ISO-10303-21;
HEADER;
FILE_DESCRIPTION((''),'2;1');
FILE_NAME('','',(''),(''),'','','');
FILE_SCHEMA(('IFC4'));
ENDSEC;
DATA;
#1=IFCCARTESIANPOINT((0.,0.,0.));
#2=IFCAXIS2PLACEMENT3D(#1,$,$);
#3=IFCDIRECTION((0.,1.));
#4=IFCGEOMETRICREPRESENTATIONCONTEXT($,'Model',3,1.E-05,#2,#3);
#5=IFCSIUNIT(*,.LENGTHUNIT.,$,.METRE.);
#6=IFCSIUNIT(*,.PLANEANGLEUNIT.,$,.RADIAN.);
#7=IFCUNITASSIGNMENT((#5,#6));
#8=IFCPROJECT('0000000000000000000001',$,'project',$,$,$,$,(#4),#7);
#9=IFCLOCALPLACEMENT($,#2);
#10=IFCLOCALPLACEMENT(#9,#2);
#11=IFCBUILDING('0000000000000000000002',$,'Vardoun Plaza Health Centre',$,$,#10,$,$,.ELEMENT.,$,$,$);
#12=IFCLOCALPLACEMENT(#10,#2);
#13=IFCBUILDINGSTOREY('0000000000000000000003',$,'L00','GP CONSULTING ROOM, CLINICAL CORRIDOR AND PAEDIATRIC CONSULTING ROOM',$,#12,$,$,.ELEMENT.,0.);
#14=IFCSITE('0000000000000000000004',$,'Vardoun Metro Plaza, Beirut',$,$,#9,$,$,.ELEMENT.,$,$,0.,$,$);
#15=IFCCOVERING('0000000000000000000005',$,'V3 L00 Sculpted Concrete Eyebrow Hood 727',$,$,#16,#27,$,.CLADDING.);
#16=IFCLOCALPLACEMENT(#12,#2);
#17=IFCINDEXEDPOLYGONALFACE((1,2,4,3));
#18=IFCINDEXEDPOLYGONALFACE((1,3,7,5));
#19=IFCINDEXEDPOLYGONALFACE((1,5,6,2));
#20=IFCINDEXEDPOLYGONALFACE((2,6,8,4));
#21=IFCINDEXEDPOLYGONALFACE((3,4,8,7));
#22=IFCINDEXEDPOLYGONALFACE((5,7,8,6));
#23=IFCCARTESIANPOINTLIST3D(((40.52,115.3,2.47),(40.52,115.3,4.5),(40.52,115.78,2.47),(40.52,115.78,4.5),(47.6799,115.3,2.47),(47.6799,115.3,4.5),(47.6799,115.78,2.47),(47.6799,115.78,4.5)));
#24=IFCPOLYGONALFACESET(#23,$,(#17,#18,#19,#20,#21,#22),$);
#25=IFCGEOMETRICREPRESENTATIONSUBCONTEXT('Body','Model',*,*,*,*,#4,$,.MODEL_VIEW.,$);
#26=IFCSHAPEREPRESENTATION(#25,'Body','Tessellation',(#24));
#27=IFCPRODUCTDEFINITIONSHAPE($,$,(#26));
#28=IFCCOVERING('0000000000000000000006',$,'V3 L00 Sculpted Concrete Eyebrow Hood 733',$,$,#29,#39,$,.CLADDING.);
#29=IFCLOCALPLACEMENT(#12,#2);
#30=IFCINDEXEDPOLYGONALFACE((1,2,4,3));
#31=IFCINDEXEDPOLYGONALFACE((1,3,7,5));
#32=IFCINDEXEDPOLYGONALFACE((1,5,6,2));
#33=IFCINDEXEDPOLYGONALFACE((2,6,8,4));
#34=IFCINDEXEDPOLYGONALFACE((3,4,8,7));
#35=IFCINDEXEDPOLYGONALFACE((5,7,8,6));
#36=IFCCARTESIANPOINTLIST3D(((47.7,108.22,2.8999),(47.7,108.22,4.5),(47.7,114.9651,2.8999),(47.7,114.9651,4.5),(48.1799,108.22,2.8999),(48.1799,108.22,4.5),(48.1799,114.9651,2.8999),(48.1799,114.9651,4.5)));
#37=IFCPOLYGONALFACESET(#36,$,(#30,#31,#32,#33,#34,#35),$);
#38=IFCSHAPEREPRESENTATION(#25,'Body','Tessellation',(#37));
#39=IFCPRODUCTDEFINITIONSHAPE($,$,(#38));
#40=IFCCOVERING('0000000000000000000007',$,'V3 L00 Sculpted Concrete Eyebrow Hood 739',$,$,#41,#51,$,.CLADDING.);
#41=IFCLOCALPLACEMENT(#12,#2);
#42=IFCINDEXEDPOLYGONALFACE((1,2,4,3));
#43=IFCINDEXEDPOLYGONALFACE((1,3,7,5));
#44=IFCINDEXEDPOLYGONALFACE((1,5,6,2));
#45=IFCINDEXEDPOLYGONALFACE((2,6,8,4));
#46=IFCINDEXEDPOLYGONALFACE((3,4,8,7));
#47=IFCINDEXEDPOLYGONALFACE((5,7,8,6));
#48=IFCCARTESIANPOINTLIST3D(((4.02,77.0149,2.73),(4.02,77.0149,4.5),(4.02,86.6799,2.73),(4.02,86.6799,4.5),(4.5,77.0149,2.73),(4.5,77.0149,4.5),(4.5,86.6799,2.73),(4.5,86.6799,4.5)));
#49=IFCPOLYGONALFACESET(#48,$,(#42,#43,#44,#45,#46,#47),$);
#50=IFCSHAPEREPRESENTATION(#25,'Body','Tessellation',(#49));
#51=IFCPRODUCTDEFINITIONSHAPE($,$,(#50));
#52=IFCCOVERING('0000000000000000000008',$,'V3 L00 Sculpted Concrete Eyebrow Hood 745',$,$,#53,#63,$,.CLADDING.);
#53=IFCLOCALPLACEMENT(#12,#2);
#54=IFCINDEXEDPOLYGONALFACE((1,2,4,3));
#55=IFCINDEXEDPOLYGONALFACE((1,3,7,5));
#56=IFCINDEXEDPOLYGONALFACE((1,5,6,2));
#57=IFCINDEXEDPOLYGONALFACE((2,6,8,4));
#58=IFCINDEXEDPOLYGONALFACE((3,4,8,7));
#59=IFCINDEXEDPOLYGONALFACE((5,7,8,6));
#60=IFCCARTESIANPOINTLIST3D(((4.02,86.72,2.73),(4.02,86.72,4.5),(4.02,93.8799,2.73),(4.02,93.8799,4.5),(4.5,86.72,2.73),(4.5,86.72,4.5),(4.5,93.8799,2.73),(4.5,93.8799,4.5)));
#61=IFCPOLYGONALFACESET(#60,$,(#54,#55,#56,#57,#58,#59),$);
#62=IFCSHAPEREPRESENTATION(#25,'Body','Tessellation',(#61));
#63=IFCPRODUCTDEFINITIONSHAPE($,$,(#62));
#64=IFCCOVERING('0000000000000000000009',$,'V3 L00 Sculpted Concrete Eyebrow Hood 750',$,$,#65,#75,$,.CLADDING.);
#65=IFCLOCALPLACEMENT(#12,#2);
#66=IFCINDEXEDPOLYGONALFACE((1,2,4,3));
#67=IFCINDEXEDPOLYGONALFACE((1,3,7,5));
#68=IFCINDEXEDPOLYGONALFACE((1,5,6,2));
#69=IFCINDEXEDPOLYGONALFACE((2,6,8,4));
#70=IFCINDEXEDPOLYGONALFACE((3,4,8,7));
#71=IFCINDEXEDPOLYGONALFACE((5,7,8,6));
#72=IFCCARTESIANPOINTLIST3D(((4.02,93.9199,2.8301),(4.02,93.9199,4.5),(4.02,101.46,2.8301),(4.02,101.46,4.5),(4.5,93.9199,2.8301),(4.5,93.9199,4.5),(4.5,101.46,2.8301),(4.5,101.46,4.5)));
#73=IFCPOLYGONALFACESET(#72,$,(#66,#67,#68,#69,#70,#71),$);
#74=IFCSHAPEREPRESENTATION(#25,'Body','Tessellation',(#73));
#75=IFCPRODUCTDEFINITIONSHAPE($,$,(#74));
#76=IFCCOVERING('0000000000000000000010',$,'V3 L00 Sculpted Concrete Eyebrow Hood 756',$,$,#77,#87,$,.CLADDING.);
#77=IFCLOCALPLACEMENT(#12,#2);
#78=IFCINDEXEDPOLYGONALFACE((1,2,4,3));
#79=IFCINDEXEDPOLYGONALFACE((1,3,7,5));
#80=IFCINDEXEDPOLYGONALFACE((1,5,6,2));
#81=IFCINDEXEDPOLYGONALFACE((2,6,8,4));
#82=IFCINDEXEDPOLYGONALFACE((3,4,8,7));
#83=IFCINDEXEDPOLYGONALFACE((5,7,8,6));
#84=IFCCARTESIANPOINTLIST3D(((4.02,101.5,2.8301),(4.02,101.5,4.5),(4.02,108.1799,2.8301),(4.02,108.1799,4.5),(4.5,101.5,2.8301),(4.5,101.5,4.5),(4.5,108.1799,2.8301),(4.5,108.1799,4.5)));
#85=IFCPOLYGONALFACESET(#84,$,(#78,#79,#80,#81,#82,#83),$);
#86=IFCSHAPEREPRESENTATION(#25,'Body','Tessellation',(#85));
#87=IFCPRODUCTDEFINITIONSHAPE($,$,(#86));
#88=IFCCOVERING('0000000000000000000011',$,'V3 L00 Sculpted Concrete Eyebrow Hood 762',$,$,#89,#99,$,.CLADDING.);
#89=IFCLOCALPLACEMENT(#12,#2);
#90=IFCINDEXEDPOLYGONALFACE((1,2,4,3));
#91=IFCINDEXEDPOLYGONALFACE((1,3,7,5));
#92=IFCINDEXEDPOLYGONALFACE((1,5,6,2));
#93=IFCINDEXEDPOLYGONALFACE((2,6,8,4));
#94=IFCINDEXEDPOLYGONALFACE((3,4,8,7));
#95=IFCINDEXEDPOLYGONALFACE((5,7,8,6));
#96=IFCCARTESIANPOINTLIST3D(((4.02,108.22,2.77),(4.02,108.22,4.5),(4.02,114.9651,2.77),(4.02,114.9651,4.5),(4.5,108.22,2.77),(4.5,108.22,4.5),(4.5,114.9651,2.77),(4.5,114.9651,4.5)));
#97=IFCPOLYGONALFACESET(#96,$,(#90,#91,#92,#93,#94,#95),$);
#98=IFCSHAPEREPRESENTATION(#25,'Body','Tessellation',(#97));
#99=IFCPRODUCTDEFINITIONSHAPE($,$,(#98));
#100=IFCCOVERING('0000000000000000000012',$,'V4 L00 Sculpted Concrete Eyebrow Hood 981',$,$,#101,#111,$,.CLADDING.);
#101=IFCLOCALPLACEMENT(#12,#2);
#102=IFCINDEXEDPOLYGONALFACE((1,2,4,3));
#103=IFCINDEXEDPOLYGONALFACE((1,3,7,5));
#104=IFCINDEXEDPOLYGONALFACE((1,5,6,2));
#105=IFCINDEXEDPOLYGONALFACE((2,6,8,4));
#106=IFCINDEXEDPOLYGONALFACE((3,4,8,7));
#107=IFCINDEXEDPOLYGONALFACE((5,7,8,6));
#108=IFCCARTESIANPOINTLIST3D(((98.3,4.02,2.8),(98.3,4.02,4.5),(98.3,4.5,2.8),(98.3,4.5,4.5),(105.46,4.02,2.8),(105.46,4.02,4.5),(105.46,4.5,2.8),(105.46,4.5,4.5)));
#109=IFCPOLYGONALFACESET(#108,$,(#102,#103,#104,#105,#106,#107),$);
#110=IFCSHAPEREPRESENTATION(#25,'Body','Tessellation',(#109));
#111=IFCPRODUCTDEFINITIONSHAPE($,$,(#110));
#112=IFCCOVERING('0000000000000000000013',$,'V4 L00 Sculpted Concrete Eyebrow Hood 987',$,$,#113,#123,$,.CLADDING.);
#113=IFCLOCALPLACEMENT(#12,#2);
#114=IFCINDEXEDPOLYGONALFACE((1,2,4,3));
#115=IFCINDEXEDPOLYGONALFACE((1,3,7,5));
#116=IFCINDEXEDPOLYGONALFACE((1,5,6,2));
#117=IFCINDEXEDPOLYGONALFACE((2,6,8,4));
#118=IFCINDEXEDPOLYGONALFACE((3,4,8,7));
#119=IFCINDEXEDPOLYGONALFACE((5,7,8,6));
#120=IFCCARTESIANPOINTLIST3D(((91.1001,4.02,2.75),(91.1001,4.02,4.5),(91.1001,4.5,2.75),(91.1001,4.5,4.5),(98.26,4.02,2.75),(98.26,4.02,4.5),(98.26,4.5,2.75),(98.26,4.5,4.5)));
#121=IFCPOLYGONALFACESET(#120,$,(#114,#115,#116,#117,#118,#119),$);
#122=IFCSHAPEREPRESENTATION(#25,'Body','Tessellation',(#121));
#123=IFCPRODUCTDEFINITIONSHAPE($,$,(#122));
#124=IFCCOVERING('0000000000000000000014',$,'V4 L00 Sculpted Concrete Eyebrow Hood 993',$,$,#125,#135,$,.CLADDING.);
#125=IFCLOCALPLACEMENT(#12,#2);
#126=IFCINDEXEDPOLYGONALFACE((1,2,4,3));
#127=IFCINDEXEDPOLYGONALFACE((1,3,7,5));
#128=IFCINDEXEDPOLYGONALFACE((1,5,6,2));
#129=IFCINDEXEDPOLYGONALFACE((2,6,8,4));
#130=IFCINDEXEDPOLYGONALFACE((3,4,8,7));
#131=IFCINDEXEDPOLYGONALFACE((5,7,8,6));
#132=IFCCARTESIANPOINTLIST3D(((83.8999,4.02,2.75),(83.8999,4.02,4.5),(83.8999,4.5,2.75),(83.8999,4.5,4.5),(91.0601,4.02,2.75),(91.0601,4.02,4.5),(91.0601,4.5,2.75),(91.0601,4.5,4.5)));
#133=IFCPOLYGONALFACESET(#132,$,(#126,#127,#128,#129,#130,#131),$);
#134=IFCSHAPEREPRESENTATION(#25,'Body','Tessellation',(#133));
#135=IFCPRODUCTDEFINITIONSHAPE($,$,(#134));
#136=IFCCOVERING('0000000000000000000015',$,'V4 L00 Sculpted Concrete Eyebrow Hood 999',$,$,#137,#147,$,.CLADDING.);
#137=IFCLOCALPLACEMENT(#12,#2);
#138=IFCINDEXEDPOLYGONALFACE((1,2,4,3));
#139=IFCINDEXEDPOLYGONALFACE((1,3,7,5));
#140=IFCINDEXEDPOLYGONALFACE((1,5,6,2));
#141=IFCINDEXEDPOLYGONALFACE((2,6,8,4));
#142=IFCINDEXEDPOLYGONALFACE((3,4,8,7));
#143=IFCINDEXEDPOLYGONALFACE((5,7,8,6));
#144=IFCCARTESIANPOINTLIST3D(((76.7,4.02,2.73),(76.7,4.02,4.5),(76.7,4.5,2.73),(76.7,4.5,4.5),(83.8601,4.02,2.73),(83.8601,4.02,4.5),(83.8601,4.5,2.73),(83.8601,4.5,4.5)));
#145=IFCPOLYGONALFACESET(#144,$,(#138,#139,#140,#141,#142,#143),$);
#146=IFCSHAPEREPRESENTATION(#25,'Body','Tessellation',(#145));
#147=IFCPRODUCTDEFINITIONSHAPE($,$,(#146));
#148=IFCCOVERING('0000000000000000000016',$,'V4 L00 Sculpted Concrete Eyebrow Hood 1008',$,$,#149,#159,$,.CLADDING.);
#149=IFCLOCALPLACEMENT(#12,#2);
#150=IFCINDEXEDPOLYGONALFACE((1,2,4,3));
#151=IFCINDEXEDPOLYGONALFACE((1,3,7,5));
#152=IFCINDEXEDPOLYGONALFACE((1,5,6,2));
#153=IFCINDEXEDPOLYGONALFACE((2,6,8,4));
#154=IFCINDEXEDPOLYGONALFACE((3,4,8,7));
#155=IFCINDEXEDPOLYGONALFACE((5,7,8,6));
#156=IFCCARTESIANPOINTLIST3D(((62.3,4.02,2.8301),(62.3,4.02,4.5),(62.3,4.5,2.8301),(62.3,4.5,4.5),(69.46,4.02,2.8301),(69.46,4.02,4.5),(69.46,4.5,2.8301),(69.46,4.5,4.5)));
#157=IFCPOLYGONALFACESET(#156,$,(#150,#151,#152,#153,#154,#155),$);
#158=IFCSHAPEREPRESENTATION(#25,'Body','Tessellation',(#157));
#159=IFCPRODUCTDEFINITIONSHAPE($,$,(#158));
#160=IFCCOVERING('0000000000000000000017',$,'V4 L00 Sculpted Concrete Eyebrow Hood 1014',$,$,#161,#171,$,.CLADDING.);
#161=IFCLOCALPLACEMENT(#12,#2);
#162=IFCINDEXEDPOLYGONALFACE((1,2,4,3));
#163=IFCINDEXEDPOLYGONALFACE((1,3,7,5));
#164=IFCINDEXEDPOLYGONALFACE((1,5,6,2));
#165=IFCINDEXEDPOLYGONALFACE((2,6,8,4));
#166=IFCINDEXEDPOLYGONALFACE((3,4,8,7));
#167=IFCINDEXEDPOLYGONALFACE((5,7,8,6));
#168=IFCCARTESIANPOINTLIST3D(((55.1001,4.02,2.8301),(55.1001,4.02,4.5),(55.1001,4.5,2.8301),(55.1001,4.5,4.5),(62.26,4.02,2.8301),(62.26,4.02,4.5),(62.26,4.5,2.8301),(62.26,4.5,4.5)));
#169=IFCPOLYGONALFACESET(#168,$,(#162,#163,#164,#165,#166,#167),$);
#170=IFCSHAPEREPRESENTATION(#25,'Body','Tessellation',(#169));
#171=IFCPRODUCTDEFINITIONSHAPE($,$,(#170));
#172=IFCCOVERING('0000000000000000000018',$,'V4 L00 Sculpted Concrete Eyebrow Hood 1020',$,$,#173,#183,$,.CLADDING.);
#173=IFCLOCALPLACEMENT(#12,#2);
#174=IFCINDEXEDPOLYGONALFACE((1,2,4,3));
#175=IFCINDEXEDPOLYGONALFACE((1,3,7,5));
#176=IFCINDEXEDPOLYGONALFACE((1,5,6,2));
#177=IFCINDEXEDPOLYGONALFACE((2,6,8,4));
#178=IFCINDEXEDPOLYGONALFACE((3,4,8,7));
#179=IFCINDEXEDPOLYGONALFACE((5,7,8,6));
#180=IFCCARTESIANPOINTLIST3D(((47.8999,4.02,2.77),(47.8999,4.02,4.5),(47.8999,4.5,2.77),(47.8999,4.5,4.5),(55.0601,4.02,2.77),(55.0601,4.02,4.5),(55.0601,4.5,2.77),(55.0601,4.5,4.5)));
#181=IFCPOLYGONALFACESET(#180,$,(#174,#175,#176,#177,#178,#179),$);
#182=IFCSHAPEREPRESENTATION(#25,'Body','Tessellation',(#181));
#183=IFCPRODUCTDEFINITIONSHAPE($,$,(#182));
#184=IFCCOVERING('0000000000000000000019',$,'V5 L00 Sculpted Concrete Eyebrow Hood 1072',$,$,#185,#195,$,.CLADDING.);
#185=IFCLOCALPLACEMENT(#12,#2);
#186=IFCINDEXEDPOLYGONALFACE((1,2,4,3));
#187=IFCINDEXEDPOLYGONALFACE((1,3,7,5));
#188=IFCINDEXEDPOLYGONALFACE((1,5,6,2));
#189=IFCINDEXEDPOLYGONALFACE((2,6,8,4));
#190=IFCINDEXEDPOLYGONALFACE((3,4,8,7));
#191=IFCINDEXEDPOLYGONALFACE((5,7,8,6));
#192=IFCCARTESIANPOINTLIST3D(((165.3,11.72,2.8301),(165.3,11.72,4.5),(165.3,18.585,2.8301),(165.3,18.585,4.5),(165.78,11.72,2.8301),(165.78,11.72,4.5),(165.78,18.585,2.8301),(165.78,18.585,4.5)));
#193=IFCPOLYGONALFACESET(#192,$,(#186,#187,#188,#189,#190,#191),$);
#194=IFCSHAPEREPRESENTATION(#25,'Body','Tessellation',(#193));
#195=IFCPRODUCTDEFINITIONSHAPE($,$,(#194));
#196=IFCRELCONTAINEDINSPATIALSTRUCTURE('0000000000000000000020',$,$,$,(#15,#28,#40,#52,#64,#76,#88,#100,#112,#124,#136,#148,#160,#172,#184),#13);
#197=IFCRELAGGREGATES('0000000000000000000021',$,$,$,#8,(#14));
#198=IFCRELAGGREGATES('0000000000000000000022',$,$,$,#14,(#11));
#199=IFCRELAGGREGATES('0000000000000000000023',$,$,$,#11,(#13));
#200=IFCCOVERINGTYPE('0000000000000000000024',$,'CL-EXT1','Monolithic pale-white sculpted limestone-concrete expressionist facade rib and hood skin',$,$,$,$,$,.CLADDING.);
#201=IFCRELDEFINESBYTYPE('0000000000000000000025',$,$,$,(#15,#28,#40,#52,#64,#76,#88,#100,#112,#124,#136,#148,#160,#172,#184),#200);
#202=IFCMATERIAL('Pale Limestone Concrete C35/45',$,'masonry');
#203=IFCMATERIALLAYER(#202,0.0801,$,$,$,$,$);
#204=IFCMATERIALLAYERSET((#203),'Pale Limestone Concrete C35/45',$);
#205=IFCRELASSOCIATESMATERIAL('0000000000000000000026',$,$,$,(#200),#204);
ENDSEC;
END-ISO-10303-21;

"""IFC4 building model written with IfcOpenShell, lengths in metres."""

from ifc_helpers import new_model, si_unit, direction, frame, origin, place, context, subcontext, project, spatial, polyline, outline, extrude, material, layer, layer_set, type_object, element, save


model = new_model("IFC4")

# Units and contexts
model_context = context("Model", 3, precision=1e-05, world=origin(), true_north=direction((0.0, 1.0)))
body_context = subcontext(model_context, "Body", "Model", "MODEL_VIEW")
ifc_project = project(units=[si_unit("LENGTHUNIT", "METRE"), si_unit("PLANEANGLEUNIT", "RADIAN")], contexts=[model_context])

# Site, building, storey
site_placement = place(None, origin())
site = spatial("IfcSite", under=ifc_project, at=site_placement, Name="Vardoun Metro Plaza, Beirut", CompositionType="ELEMENT", RefElevation=0.0)
building_placement = place(site_placement, origin())
building = spatial("IfcBuilding", under=site, at=building_placement, Name="Vardoun Plaza Health Centre", CompositionType="ELEMENT")
storey_placement = place(building_placement, origin())
storey = spatial("IfcBuildingStorey", under=building, at=storey_placement, Name="L00", Description="GP CONSULTING ROOM, CLINICAL CORRIDOR AND PAEDIATRIC CONSULTING ROOM", CompositionType="ELEMENT", Elevation=0.0)

# Coverings
ifc_material = material(Name="Pale Limestone Concrete C35/45", Category="masonry")
ifc_layer = layer(ifc_material, 0.0801)
ifc_layer_set = layer_set([ifc_layer], Name="Pale Limestone Concrete C35/45")
covering_type = type_object("IfcCoveringType", Name="CL-EXT1", Description="Monolithic pale-white sculpted limestone-concrete expressionist facade rib and hood skin", PredefinedType="CLADDING", material=ifc_layer_set)
covering_1_placement = place(storey_placement, frame((0.0, 0.0, 2.47)))
element("IfcCovering", 1, at=covering_1_placement, inside=storey, type_object=covering_type, Name="V3 L00 Sculpted Concrete Eyebrow Hood 727", PredefinedType="CLADDING", context=body_context, shape_type="SweptSolid", body=[
    extrude(outline(polyline([(40.52, 115.3), (47.6799, 115.3), (47.6799, 115.78), (40.52, 115.78), (40.52, 115.3)])), origin(), (0.0, 0.0, 1.0), 2.03),
])
covering_2_placement = place(storey_placement, frame((0.0, 0.0, 2.8999)))
element("IfcCovering", 2, at=covering_2_placement, inside=storey, type_object=covering_type, Name="V3 L00 Sculpted Concrete Eyebrow Hood 733", PredefinedType="CLADDING", context=body_context, shape_type="SweptSolid", body=[
    extrude(outline(polyline([(47.7, 114.9651), (47.7, 108.22), (48.1799, 108.22), (48.1799, 114.9651), (47.7, 114.9651)])), origin(), (0.0, 0.0, 1.0), 1.6001),
])
covering_3_placement = place(storey_placement, frame((0.0, 0.0, 2.73)))
element("IfcCovering", 3, at=covering_3_placement, inside=storey, type_object=covering_type, Name="V3 L00 Sculpted Concrete Eyebrow Hood 739", PredefinedType="CLADDING", context=body_context, shape_type="SweptSolid", body=[
    extrude(outline(polyline([(4.5, 77.0149), (4.5, 86.6799), (4.02, 86.6799), (4.02, 77.0149), (4.5, 77.0149)])), origin(), (0.0, 0.0, 1.0), 1.77),
])
covering_4_placement = place(storey_placement, frame((0.0, 0.0, 2.73)))
element("IfcCovering", 4, at=covering_4_placement, inside=storey, type_object=covering_type, Name="V3 L00 Sculpted Concrete Eyebrow Hood 745", PredefinedType="CLADDING", context=body_context, shape_type="SweptSolid", body=[
    extrude(outline(polyline([(4.5, 86.72), (4.5, 93.8799), (4.02, 93.8799), (4.02, 86.72), (4.5, 86.72)])), origin(), (0.0, 0.0, 1.0), 1.77),
])
covering_5_placement = place(storey_placement, frame((0.0, 0.0, 2.8301)))
element("IfcCovering", 5, at=covering_5_placement, inside=storey, type_object=covering_type, Name="V3 L00 Sculpted Concrete Eyebrow Hood 750", PredefinedType="CLADDING", context=body_context, shape_type="SweptSolid", body=[
    extrude(outline(polyline([(4.5, 93.9199), (4.5, 101.46), (4.02, 101.46), (4.02, 93.9199), (4.5, 93.9199)])), origin(), (0.0, 0.0, 1.0), 1.6699),
])
covering_6_placement = place(storey_placement, frame((0.0, 0.0, 2.8301)))
element("IfcCovering", 6, at=covering_6_placement, inside=storey, type_object=covering_type, Name="V3 L00 Sculpted Concrete Eyebrow Hood 756", PredefinedType="CLADDING", context=body_context, shape_type="SweptSolid", body=[
    extrude(outline(polyline([(4.5, 101.5), (4.5, 108.1799), (4.02, 108.1799), (4.02, 101.5), (4.5, 101.5)])), origin(), (0.0, 0.0, 1.0), 1.6699),
])
covering_7_placement = place(storey_placement, frame((0.0, 0.0, 2.77)))
element("IfcCovering", 7, at=covering_7_placement, inside=storey, type_object=covering_type, Name="V3 L00 Sculpted Concrete Eyebrow Hood 762", PredefinedType="CLADDING", context=body_context, shape_type="SweptSolid", body=[
    extrude(outline(polyline([(4.5, 108.22), (4.5, 114.9651), (4.02, 114.9651), (4.02, 108.22), (4.5, 108.22)])), origin(), (0.0, 0.0, 1.0), 1.73),
])
covering_8_placement = place(storey_placement, frame((0.0, 0.0, 2.8)))
element("IfcCovering", 8, at=covering_8_placement, inside=storey, type_object=covering_type, Name="V4 L00 Sculpted Concrete Eyebrow Hood 981", PredefinedType="CLADDING", context=body_context, shape_type="SweptSolid", body=[
    extrude(outline(polyline([(105.46, 4.5), (98.3, 4.5), (98.3, 4.02), (105.46, 4.02), (105.46, 4.5)])), origin(), (0.0, 0.0, 1.0), 1.7),
])
covering_9_placement = place(storey_placement, frame((0.0, 0.0, 2.75)))
element("IfcCovering", 9, at=covering_9_placement, inside=storey, type_object=covering_type, Name="V4 L00 Sculpted Concrete Eyebrow Hood 987", PredefinedType="CLADDING", context=body_context, shape_type="SweptSolid", body=[
    extrude(outline(polyline([(98.26, 4.5), (91.1001, 4.5), (91.1001, 4.02), (98.26, 4.02), (98.26, 4.5)])), origin(), (0.0, 0.0, 1.0), 1.75),
])
covering_10_placement = place(storey_placement, frame((0.0, 0.0, 2.75)))
element("IfcCovering", 10, at=covering_10_placement, inside=storey, type_object=covering_type, Name="V4 L00 Sculpted Concrete Eyebrow Hood 993", PredefinedType="CLADDING", context=body_context, shape_type="SweptSolid", body=[
    extrude(outline(polyline([(91.0601, 4.5), (83.8999, 4.5), (83.8999, 4.02), (91.0601, 4.02), (91.0601, 4.5)])), origin(), (0.0, 0.0, 1.0), 1.75),
])
covering_11_placement = place(storey_placement, frame((0.0, 0.0, 2.73)))
element("IfcCovering", 11, at=covering_11_placement, inside=storey, type_object=covering_type, Name="V4 L00 Sculpted Concrete Eyebrow Hood 999", PredefinedType="CLADDING", context=body_context, shape_type="SweptSolid", body=[
    extrude(outline(polyline([(83.8601, 4.5), (76.7, 4.5), (76.7, 4.02), (83.8601, 4.02), (83.8601, 4.5)])), origin(), (0.0, 0.0, 1.0), 1.77),
])
covering_12_placement = place(storey_placement, frame((0.0, 0.0, 2.8301)))
element("IfcCovering", 12, at=covering_12_placement, inside=storey, type_object=covering_type, Name="V4 L00 Sculpted Concrete Eyebrow Hood 1008", PredefinedType="CLADDING", context=body_context, shape_type="SweptSolid", body=[
    extrude(outline(polyline([(69.46, 4.5), (62.3, 4.5), (62.3, 4.02), (69.46, 4.02), (69.46, 4.5)])), origin(), (0.0, 0.0, 1.0), 1.6699),
])
covering_13_placement = place(storey_placement, frame((0.0, 0.0, 2.8301)))
element("IfcCovering", 13, at=covering_13_placement, inside=storey, type_object=covering_type, Name="V4 L00 Sculpted Concrete Eyebrow Hood 1014", PredefinedType="CLADDING", context=body_context, shape_type="SweptSolid", body=[
    extrude(outline(polyline([(62.26, 4.5), (55.1001, 4.5), (55.1001, 4.02), (62.26, 4.02), (62.26, 4.5)])), origin(), (0.0, 0.0, 1.0), 1.6699),
])
covering_14_placement = place(storey_placement, frame((0.0, 0.0, 2.77)))
element("IfcCovering", 14, at=covering_14_placement, inside=storey, type_object=covering_type, Name="V4 L00 Sculpted Concrete Eyebrow Hood 1020", PredefinedType="CLADDING", context=body_context, shape_type="SweptSolid", body=[
    extrude(outline(polyline([(55.0601, 4.5), (47.8999, 4.5), (47.8999, 4.02), (55.0601, 4.02), (55.0601, 4.5)])), origin(), (0.0, 0.0, 1.0), 1.73),
])
covering_15_placement = place(storey_placement, frame((0.0, 0.0, 2.8301)))
element("IfcCovering", 15, at=covering_15_placement, inside=storey, type_object=covering_type, Name="V5 L00 Sculpted Concrete Eyebrow Hood 1072", PredefinedType="CLADDING", context=body_context, shape_type="SweptSolid", body=[
    extrude(outline(polyline([(165.3, 18.585), (165.3, 11.72), (165.78, 11.72), (165.78, 18.585), (165.3, 18.585)])), origin(), (0.0, 0.0, 1.0), 1.6699),
])

save(model, "model.ifc")
